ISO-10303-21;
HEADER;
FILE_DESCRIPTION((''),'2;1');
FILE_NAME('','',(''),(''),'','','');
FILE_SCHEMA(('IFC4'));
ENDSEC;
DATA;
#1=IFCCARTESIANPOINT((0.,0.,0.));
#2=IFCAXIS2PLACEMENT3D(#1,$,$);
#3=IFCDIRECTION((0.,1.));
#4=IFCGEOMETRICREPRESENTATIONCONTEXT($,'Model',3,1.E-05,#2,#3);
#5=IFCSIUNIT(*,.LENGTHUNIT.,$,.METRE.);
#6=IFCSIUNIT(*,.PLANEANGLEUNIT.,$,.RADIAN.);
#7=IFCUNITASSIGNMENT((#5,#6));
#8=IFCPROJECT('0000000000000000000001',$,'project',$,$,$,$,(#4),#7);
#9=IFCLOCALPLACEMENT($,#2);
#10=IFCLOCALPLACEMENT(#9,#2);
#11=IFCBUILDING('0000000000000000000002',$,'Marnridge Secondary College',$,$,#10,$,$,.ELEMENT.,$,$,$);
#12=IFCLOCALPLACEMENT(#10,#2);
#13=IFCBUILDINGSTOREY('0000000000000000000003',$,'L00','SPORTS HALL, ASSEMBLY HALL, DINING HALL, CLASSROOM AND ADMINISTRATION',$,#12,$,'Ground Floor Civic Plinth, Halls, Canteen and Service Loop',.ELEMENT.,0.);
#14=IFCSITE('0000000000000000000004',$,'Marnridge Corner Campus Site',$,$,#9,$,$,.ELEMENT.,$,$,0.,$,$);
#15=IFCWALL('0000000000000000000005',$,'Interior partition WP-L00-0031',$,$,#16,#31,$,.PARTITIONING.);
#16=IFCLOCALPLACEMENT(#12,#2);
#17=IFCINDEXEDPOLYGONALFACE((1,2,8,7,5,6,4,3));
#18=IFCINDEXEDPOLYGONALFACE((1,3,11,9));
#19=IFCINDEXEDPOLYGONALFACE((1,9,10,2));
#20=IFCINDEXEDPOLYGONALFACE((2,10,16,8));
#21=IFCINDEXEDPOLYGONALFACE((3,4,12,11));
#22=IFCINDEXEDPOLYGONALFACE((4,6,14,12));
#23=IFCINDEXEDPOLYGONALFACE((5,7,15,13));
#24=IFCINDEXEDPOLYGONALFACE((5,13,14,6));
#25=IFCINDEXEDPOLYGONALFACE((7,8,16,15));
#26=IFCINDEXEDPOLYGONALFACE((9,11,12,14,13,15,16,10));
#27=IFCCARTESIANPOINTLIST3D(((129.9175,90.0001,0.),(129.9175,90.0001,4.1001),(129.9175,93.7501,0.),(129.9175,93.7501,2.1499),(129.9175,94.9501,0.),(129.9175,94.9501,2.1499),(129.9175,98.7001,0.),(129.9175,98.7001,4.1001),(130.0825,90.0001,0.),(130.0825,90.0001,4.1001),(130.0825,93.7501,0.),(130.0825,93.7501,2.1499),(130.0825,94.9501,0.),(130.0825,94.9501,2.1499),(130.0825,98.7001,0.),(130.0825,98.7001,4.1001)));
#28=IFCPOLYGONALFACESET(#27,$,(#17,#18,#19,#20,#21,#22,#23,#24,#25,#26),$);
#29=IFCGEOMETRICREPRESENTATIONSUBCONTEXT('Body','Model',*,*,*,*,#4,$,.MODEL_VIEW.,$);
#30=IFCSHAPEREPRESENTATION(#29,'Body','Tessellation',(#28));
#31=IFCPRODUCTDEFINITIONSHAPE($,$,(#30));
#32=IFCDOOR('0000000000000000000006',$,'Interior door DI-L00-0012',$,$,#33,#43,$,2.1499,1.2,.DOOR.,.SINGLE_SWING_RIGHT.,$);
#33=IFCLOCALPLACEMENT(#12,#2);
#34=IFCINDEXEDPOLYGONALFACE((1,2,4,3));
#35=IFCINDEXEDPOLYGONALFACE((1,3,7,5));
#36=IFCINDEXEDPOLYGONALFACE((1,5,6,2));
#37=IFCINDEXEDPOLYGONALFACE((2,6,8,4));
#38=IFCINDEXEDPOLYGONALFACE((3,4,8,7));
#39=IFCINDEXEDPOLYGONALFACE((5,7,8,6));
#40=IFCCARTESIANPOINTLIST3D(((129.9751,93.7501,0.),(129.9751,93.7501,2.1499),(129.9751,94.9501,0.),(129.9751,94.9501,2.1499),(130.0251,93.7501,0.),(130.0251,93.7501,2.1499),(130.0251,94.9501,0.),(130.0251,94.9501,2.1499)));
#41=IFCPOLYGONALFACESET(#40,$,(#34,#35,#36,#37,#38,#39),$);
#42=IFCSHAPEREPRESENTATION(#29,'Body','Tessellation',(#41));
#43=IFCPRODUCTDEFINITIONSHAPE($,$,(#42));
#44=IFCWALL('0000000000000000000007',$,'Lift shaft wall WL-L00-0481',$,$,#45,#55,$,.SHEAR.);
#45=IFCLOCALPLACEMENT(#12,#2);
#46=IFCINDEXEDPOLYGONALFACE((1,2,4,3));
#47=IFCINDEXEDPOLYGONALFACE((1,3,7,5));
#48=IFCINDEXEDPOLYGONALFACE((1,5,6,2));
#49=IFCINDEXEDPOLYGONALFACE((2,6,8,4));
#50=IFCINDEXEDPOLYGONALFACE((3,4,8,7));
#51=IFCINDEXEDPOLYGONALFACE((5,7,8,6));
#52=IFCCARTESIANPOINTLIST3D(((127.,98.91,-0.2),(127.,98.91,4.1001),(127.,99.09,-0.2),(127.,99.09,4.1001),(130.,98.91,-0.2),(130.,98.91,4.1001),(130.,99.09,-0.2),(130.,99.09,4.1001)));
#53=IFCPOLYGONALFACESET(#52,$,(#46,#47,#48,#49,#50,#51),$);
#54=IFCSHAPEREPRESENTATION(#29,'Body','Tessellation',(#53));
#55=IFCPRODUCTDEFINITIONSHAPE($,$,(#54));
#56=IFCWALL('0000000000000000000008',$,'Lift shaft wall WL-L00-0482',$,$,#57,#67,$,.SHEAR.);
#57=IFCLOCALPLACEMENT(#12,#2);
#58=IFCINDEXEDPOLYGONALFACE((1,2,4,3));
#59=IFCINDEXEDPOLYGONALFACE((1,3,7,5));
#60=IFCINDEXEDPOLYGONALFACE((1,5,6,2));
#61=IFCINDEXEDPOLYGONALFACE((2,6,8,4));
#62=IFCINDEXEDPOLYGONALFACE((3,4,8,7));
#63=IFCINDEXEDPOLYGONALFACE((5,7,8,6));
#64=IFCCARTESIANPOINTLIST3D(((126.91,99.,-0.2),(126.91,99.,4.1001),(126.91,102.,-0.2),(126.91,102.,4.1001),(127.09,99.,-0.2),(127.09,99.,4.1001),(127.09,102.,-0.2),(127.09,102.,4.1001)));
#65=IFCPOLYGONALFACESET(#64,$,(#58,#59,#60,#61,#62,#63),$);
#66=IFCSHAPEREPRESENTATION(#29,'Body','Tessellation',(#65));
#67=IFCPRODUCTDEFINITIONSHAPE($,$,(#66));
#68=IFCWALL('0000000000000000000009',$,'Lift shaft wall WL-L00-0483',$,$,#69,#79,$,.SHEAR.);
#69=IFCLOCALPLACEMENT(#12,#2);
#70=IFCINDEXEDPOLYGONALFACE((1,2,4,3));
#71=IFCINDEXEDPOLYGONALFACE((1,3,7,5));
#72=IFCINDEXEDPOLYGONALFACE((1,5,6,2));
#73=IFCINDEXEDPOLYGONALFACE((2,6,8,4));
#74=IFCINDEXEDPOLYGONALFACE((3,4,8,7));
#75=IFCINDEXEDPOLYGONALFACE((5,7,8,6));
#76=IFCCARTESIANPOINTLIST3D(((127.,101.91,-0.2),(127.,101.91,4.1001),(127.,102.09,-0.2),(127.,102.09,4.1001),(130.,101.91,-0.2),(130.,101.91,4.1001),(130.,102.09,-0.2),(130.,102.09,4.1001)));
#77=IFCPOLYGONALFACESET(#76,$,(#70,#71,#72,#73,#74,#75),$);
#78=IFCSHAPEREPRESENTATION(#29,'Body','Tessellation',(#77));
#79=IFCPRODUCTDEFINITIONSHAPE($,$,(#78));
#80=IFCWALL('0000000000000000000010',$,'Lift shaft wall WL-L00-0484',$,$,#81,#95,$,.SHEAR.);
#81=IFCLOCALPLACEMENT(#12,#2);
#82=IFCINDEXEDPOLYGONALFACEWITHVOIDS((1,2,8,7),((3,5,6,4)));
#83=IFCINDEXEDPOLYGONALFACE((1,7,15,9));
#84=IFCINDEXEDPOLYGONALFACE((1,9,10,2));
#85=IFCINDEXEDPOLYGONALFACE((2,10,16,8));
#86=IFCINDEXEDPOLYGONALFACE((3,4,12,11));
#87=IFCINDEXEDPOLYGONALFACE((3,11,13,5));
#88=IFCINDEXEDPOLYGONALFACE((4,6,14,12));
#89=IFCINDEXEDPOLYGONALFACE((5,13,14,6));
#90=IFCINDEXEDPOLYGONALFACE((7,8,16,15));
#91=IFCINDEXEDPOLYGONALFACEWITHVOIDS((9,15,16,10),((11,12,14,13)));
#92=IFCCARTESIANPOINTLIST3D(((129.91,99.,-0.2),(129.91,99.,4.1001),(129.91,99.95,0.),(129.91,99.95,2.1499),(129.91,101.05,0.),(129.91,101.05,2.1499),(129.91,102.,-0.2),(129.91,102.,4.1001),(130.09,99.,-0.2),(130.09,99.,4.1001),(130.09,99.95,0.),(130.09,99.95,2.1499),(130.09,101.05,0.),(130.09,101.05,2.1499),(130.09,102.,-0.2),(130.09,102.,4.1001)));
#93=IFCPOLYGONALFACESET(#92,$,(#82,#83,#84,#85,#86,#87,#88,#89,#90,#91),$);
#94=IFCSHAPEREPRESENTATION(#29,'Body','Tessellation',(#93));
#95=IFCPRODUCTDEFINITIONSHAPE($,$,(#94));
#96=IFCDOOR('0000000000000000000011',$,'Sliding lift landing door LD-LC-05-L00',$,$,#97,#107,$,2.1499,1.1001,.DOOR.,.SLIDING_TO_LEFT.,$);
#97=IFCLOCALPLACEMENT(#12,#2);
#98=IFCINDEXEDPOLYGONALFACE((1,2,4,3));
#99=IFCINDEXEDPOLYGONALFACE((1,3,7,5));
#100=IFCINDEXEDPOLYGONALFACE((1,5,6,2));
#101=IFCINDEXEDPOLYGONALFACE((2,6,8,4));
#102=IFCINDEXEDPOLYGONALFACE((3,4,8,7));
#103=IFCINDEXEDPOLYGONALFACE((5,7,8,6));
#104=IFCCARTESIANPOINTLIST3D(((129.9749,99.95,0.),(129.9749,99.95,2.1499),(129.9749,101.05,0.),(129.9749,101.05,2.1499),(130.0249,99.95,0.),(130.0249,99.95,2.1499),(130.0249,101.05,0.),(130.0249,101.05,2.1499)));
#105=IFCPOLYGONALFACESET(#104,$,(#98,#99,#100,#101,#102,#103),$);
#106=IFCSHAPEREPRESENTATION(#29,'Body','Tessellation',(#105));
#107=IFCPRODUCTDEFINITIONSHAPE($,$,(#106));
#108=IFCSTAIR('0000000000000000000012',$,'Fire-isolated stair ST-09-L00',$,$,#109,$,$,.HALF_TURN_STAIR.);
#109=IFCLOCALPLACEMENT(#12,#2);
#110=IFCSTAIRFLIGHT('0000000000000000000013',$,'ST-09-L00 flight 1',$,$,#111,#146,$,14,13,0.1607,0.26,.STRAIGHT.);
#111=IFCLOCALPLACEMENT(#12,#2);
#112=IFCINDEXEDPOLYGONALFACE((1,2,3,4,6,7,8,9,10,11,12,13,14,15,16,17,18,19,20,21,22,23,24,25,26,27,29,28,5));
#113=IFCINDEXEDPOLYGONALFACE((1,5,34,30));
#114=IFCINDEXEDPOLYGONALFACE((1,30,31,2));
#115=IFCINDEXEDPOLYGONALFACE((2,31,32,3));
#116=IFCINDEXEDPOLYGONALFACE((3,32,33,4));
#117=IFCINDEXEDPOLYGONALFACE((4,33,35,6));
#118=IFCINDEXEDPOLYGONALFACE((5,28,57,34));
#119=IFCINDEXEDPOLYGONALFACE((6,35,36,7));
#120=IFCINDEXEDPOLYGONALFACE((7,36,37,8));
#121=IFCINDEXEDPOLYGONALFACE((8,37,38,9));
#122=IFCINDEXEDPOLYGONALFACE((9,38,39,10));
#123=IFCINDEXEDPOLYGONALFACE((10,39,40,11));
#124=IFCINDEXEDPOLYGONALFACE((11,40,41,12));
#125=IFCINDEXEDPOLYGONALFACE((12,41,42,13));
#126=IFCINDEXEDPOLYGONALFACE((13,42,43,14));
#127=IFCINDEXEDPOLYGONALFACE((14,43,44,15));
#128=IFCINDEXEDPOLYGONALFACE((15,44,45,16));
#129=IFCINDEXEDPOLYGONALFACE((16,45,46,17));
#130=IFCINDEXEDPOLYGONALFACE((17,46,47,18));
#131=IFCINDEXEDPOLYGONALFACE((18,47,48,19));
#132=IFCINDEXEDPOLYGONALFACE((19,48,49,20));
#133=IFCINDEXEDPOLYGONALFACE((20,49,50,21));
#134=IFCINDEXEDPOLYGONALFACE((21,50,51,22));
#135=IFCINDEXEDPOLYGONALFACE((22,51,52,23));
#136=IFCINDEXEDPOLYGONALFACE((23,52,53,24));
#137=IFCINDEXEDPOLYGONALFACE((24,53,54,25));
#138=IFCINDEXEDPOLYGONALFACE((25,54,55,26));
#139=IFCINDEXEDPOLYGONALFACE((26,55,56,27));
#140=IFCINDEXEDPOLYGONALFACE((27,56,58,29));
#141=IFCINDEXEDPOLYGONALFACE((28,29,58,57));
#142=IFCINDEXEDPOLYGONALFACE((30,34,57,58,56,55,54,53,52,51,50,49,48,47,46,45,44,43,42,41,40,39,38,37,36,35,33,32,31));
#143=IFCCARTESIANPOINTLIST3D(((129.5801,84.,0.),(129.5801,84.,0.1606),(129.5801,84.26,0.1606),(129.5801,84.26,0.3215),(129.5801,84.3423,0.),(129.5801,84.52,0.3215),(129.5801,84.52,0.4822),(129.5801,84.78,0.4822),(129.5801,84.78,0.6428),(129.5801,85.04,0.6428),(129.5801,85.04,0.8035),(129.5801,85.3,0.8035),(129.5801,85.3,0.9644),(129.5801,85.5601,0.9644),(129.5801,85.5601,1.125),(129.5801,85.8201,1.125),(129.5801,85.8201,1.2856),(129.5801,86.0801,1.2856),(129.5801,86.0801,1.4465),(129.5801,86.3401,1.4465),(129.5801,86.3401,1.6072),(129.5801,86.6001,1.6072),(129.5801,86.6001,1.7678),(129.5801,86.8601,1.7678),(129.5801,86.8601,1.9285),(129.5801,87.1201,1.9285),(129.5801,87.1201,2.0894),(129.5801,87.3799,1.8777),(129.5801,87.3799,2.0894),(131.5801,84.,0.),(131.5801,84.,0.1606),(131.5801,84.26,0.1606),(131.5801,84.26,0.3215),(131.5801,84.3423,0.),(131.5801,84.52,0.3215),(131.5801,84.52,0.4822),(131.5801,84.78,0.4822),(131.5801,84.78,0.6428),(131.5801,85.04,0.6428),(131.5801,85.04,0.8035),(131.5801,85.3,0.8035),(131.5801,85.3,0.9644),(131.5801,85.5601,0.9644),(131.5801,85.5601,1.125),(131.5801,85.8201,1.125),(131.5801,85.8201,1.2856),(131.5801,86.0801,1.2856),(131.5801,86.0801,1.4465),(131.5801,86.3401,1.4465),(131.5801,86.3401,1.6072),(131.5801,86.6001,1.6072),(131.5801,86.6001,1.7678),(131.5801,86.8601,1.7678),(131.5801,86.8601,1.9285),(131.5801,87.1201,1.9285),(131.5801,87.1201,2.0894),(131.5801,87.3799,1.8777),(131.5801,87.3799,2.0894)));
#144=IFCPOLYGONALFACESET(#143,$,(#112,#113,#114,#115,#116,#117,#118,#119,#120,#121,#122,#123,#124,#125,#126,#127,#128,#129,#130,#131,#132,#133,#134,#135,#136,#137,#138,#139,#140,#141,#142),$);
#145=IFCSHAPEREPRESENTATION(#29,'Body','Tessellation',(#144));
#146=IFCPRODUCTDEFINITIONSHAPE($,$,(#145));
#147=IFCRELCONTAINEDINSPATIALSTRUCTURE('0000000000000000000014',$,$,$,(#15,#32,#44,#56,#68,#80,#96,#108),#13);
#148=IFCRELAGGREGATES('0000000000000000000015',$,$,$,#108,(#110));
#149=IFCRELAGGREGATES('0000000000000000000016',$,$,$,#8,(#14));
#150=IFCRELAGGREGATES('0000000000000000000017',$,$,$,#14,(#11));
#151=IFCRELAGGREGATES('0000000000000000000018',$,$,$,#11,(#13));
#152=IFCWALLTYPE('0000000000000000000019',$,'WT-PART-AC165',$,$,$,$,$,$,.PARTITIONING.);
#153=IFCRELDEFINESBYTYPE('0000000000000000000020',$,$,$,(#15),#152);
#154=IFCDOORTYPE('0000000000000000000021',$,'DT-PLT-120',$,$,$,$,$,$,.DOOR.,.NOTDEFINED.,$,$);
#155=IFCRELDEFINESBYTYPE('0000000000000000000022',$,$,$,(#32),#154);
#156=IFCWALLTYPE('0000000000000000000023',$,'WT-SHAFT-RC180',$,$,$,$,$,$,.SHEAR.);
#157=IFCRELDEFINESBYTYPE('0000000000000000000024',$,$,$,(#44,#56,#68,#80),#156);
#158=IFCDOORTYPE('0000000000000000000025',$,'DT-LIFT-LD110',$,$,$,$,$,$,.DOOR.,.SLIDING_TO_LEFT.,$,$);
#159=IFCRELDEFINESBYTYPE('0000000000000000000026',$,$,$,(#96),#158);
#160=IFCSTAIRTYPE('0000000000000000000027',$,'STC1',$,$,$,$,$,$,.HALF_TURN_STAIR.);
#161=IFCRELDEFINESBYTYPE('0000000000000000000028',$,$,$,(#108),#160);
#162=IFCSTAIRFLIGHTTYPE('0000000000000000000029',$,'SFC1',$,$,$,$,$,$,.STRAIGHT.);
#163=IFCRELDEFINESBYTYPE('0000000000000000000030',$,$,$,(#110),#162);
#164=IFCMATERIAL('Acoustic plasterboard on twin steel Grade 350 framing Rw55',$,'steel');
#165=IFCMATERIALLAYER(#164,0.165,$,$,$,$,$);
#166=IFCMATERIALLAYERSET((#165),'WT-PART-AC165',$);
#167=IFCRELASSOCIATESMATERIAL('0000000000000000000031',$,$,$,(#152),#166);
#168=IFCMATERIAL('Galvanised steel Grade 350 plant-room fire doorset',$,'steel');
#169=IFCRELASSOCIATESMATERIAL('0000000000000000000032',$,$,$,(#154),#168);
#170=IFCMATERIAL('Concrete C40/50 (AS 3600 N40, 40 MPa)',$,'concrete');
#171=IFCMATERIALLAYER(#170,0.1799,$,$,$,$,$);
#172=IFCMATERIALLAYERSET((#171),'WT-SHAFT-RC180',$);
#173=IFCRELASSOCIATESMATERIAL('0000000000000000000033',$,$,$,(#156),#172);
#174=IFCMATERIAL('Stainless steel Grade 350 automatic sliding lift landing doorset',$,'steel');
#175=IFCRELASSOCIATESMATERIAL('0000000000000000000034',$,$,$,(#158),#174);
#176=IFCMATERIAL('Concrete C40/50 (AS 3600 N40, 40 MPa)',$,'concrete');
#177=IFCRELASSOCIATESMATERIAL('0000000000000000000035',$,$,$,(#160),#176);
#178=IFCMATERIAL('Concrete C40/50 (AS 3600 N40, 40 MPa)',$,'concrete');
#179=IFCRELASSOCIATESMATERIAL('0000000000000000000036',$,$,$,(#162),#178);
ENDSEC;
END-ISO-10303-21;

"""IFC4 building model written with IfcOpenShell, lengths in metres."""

from ifc_helpers import new_model, si_unit, direction, frame, frame_2d, origin, place, context, subcontext, project, spatial, polyline, rectangle, outline, extrude, material, layer, layer_set, type_object, element, fill, aggregate, save


model = new_model("IFC4")

# Units and contexts
model_context = context("Model", 3, precision=1e-05, world=origin(), true_north=direction((0.0, 1.0)))
body_context = subcontext(model_context, "Body", "Model", "MODEL_VIEW")
ifc_project = project(units=[si_unit("LENGTHUNIT", "METRE"), si_unit("PLANEANGLEUNIT", "RADIAN")], contexts=[model_context])

# Site, building, storey
site_placement = place(None, origin())
site = spatial("IfcSite", under=ifc_project, at=site_placement, Name="Marnridge Corner Campus Site", CompositionType="ELEMENT", RefElevation=0.0)
building_placement = place(site_placement, origin())
building = spatial("IfcBuilding", under=site, at=building_placement, Name="Marnridge Secondary College", CompositionType="ELEMENT")
storey_placement = place(building_placement, origin())
storey = spatial("IfcBuildingStorey", under=building, at=storey_placement, Name="L00", Description="SPORTS HALL, ASSEMBLY HALL, DINING HALL, CLASSROOM AND ADMINISTRATION", LongName="Ground Floor Civic Plinth, Halls, Canteen and Service Loop", CompositionType="ELEMENT", Elevation=0.0)

# Wall, opening, door
ifc_material_1 = material(Name="Acoustic plasterboard on twin steel Grade 350 framing Rw55", Category="steel")
ifc_layer_1 = layer(ifc_material_1, 0.165)
ifc_layer_set_1 = layer_set([ifc_layer_1], Name="WT-PART-AC165")
wall_type_1 = type_object("IfcWallType", Name="WT-PART-AC165", PredefinedType="PARTITIONING", material=ifc_layer_set_1)
wall_1_placement = place(storey_placement, frame((130.0, 90.0, 0.0), z_axis=(0.0, 0.0, 1.0), x_axis=(0.0, 1.0, 0.0)))
wall_1 = element("IfcWall", 1, at=wall_1_placement, inside=storey, type_object=wall_type_1, Name="Interior partition WP-L00-0031", PredefinedType="PARTITIONING", context=body_context, shape_type="SweptSolid", body=[
    extrude(rectangle(XDim=8.7, YDim=0.165, at=frame_2d((4.3501, 0.0))), origin(), (0.0, 0.0, 1.0), 4.1001),
])
opening_1_placement = place(wall_1_placement, frame((3.75, 0.0, 0.0)))
opening_1 = element("IfcOpeningElement", 2, at=opening_1_placement, cuts=wall_1, PredefinedType="OPENING", context=body_context, shape_type="SweptSolid", body=[
    extrude(rectangle(XDim=1.2, YDim=2.1499, at=frame_2d((0.6001, 1.075))), frame((0.0, 0.0925, 0.0), z_axis=(0.0, -1.0, 0.0), x_axis=(1.0, 0.0, 0.0)), (0.0, 0.0, 1.0), 0.1851),
])
ifc_material_2 = material(Name="Galvanised steel Grade 350 plant-room fire doorset", Category="steel")
door_type_1 = type_object("IfcDoorType", Name="DT-PLT-120", OperationType="NOTDEFINED", PredefinedType="DOOR", material=ifc_material_2)
door_1_placement = place(opening_1_placement, origin())
door_1 = element("IfcDoor", 3, at=door_1_placement, inside=storey, type_object=door_type_1, Name="Interior door DI-L00-0012", OperationType="SINGLE_SWING_RIGHT", OverallHeight=2.1499, OverallWidth=1.2, PredefinedType="DOOR", context=body_context, shape_type="SweptSolid", body=[
    extrude(rectangle(XDim=1.2, YDim=2.1499, at=frame_2d((0.6001, 1.075))), frame((0.0, 0.0249, 0.0), z_axis=(0.0, -1.0, 0.0), x_axis=(1.0, 0.0, 0.0)), (0.0, 0.0, 1.0), 0.05),
])
fill(opening_1, door_1)

# Walls
ifc_material_3 = material(Name="Concrete C40/50 (AS 3600 N40, 40 MPa)", Category="concrete")
ifc_layer_2 = layer(ifc_material_3, 0.1799)
ifc_layer_set_2 = layer_set([ifc_layer_2], Name="WT-SHAFT-RC180")
wall_type_2 = type_object("IfcWallType", Name="WT-SHAFT-RC180", PredefinedType="SHEAR", material=ifc_layer_set_2)
for number, where, z_axis, x_axis, name in (
    (4, (130.0, 99.0, -0.2), (0.0, 0.0, 1.0), (-1.0, 0.0, 0.0), "Lift shaft wall WL-L00-0481"),
    (5, (127.0, 99.0, -0.2), (0.0, 0.0, 1.0), (0.0, 1.0, 0.0), "Lift shaft wall WL-L00-0482"),
    (6, (127.0, 102.0, -0.2), (0.0, 0.0, 1.0), (1.0, 0.0, 0.0), "Lift shaft wall WL-L00-0483"),
):
    element("IfcWall", number, at=place(storey_placement, frame(where, z_axis=z_axis, x_axis=x_axis)), inside=storey, type_object=wall_type_2, Name=name, PredefinedType="SHEAR", context=body_context, shape_type="SweptSolid", body=[
        extrude(rectangle(XDim=3.0, YDim=0.1799, at=frame_2d((1.5, 0.0))), origin(), (0.0, 0.0, 1.0), 4.3),
    ])

# Wall, opening, door
wall_2_placement = place(storey_placement, frame((130.0, 102.0, -0.2), z_axis=(0.0, 0.0, 1.0), x_axis=(0.0, -1.0, 0.0)))
wall_2 = element("IfcWall", 7, at=wall_2_placement, inside=storey, type_object=wall_type_2, Name="Lift shaft wall WL-L00-0484", PredefinedType="SHEAR", context=body_context, shape_type="SweptSolid", body=[
    extrude(rectangle(XDim=3.0, YDim=0.1799, at=frame_2d((1.5, 0.0))), origin(), (0.0, 0.0, 1.0), 4.3),
])
opening_2_placement = place(wall_2_placement, frame((0.95, 0.0, 0.2)))
opening_2 = element("IfcOpeningElement", 8, at=opening_2_placement, cuts=wall_2, PredefinedType="OPENING", context=body_context, shape_type="SweptSolid", body=[
    extrude(rectangle(XDim=1.1001, YDim=2.1499, at=frame_2d((0.55, 1.075))), frame((0.0, 0.0999, 0.0), z_axis=(0.0, -1.0, 0.0), x_axis=(1.0, 0.0, 0.0)), (0.0, 0.0, 1.0), 0.2),
])
ifc_material_4 = material(Name="Stainless steel Grade 350 automatic sliding lift landing doorset", Category="steel")
door_type_2 = type_object("IfcDoorType", Name="DT-LIFT-LD110", OperationType="SLIDING_TO_LEFT", PredefinedType="DOOR", material=ifc_material_4)
door_2_placement = place(opening_2_placement, origin())
door_2 = element("IfcDoor", 9, at=door_2_placement, inside=storey, type_object=door_type_2, Name="Sliding lift landing door LD-LC-05-L00", OperationType="SLIDING_TO_LEFT", OverallHeight=2.1499, OverallWidth=1.1001, PredefinedType="DOOR", context=body_context, shape_type="SweptSolid", body=[
    extrude(rectangle(XDim=1.1001, YDim=2.1499, at=frame_2d((0.55, 1.075))), frame((0.0, 0.0249, 0.0), z_axis=(0.0, -1.0, 0.0), x_axis=(1.0, 0.0, 0.0)), (0.0, 0.0, 1.0), 0.05),
])
fill(opening_2, door_2)

# Stair, stair flight
ifc_material_5 = material(Name="Concrete C40/50 (AS 3600 N40, 40 MPa)", Category="concrete")
stair_type = type_object("IfcStairType", Name="STC1", PredefinedType="HALF_TURN_STAIR", material=ifc_material_5)
stair_placement = place(storey_placement, origin())
stair = element("IfcStair", 10, at=stair_placement, inside=storey, type_object=stair_type, Name="Fire-isolated stair ST-09-L00", PredefinedType="HALF_TURN_STAIR")
ifc_material_6 = material(Name="Concrete C40/50 (AS 3600 N40, 40 MPa)", Category="concrete")
stair_flight_type = type_object("IfcStairFlightType", Name="SFC1", PredefinedType="STRAIGHT", material=ifc_material_6)
stair_flight_1_placement = place(storey_placement, frame((130.5801, 84.0, 0.0), z_axis=(0.0, 0.0, 1.0), x_axis=(0.0, 1.0, 0.0)))
stair_flight_1 = element("IfcStairFlight", 11, at=stair_flight_1_placement, type_object=stair_flight_type, Name="ST-09-L00 flight 1", NumberOfRisers=14, NumberOfTreads=13, PredefinedType="STRAIGHT", RiserHeight=0.1607, TreadLength=0.26, context=body_context, shape_type="SweptSolid", body=[
    extrude(outline(polyline([(0.0, 0.0), (0.0, 0.1606), (0.26, 0.1606), (0.26, 0.3215), (0.52, 0.3215), (0.52, 0.4822), (0.78, 0.4822), (0.78, 0.6428), (1.04, 0.6428), (1.04, 0.8035), (1.3, 0.8035), (1.3, 0.9644), (1.5601, 0.9644), (1.5601, 1.125), (1.8201, 1.125), (1.8201, 1.2856), (2.0801, 1.2856), (2.0801, 1.4465), (2.3401, 1.4465), (2.3401, 1.6072), (2.6001, 1.6072), (2.6001, 1.7678), (2.8601, 1.7678), (2.8601, 1.9285), (3.1201, 1.9285), (3.1201, 2.0894), (3.3799, 2.0894), (3.3799, 2.25), (3.3799, 1.8777), (0.3423, 0.0), (0.0, 0.0)])), frame((0.0, 1.0, 0.0), z_axis=(0.0, -1.0, 0.0), x_axis=(1.0, 0.0, 0.0)), (0.0, 0.0, 1.0), 2.0),
])
aggregate(stair, [stair_flight_1])

save(model, "model.ifc")
